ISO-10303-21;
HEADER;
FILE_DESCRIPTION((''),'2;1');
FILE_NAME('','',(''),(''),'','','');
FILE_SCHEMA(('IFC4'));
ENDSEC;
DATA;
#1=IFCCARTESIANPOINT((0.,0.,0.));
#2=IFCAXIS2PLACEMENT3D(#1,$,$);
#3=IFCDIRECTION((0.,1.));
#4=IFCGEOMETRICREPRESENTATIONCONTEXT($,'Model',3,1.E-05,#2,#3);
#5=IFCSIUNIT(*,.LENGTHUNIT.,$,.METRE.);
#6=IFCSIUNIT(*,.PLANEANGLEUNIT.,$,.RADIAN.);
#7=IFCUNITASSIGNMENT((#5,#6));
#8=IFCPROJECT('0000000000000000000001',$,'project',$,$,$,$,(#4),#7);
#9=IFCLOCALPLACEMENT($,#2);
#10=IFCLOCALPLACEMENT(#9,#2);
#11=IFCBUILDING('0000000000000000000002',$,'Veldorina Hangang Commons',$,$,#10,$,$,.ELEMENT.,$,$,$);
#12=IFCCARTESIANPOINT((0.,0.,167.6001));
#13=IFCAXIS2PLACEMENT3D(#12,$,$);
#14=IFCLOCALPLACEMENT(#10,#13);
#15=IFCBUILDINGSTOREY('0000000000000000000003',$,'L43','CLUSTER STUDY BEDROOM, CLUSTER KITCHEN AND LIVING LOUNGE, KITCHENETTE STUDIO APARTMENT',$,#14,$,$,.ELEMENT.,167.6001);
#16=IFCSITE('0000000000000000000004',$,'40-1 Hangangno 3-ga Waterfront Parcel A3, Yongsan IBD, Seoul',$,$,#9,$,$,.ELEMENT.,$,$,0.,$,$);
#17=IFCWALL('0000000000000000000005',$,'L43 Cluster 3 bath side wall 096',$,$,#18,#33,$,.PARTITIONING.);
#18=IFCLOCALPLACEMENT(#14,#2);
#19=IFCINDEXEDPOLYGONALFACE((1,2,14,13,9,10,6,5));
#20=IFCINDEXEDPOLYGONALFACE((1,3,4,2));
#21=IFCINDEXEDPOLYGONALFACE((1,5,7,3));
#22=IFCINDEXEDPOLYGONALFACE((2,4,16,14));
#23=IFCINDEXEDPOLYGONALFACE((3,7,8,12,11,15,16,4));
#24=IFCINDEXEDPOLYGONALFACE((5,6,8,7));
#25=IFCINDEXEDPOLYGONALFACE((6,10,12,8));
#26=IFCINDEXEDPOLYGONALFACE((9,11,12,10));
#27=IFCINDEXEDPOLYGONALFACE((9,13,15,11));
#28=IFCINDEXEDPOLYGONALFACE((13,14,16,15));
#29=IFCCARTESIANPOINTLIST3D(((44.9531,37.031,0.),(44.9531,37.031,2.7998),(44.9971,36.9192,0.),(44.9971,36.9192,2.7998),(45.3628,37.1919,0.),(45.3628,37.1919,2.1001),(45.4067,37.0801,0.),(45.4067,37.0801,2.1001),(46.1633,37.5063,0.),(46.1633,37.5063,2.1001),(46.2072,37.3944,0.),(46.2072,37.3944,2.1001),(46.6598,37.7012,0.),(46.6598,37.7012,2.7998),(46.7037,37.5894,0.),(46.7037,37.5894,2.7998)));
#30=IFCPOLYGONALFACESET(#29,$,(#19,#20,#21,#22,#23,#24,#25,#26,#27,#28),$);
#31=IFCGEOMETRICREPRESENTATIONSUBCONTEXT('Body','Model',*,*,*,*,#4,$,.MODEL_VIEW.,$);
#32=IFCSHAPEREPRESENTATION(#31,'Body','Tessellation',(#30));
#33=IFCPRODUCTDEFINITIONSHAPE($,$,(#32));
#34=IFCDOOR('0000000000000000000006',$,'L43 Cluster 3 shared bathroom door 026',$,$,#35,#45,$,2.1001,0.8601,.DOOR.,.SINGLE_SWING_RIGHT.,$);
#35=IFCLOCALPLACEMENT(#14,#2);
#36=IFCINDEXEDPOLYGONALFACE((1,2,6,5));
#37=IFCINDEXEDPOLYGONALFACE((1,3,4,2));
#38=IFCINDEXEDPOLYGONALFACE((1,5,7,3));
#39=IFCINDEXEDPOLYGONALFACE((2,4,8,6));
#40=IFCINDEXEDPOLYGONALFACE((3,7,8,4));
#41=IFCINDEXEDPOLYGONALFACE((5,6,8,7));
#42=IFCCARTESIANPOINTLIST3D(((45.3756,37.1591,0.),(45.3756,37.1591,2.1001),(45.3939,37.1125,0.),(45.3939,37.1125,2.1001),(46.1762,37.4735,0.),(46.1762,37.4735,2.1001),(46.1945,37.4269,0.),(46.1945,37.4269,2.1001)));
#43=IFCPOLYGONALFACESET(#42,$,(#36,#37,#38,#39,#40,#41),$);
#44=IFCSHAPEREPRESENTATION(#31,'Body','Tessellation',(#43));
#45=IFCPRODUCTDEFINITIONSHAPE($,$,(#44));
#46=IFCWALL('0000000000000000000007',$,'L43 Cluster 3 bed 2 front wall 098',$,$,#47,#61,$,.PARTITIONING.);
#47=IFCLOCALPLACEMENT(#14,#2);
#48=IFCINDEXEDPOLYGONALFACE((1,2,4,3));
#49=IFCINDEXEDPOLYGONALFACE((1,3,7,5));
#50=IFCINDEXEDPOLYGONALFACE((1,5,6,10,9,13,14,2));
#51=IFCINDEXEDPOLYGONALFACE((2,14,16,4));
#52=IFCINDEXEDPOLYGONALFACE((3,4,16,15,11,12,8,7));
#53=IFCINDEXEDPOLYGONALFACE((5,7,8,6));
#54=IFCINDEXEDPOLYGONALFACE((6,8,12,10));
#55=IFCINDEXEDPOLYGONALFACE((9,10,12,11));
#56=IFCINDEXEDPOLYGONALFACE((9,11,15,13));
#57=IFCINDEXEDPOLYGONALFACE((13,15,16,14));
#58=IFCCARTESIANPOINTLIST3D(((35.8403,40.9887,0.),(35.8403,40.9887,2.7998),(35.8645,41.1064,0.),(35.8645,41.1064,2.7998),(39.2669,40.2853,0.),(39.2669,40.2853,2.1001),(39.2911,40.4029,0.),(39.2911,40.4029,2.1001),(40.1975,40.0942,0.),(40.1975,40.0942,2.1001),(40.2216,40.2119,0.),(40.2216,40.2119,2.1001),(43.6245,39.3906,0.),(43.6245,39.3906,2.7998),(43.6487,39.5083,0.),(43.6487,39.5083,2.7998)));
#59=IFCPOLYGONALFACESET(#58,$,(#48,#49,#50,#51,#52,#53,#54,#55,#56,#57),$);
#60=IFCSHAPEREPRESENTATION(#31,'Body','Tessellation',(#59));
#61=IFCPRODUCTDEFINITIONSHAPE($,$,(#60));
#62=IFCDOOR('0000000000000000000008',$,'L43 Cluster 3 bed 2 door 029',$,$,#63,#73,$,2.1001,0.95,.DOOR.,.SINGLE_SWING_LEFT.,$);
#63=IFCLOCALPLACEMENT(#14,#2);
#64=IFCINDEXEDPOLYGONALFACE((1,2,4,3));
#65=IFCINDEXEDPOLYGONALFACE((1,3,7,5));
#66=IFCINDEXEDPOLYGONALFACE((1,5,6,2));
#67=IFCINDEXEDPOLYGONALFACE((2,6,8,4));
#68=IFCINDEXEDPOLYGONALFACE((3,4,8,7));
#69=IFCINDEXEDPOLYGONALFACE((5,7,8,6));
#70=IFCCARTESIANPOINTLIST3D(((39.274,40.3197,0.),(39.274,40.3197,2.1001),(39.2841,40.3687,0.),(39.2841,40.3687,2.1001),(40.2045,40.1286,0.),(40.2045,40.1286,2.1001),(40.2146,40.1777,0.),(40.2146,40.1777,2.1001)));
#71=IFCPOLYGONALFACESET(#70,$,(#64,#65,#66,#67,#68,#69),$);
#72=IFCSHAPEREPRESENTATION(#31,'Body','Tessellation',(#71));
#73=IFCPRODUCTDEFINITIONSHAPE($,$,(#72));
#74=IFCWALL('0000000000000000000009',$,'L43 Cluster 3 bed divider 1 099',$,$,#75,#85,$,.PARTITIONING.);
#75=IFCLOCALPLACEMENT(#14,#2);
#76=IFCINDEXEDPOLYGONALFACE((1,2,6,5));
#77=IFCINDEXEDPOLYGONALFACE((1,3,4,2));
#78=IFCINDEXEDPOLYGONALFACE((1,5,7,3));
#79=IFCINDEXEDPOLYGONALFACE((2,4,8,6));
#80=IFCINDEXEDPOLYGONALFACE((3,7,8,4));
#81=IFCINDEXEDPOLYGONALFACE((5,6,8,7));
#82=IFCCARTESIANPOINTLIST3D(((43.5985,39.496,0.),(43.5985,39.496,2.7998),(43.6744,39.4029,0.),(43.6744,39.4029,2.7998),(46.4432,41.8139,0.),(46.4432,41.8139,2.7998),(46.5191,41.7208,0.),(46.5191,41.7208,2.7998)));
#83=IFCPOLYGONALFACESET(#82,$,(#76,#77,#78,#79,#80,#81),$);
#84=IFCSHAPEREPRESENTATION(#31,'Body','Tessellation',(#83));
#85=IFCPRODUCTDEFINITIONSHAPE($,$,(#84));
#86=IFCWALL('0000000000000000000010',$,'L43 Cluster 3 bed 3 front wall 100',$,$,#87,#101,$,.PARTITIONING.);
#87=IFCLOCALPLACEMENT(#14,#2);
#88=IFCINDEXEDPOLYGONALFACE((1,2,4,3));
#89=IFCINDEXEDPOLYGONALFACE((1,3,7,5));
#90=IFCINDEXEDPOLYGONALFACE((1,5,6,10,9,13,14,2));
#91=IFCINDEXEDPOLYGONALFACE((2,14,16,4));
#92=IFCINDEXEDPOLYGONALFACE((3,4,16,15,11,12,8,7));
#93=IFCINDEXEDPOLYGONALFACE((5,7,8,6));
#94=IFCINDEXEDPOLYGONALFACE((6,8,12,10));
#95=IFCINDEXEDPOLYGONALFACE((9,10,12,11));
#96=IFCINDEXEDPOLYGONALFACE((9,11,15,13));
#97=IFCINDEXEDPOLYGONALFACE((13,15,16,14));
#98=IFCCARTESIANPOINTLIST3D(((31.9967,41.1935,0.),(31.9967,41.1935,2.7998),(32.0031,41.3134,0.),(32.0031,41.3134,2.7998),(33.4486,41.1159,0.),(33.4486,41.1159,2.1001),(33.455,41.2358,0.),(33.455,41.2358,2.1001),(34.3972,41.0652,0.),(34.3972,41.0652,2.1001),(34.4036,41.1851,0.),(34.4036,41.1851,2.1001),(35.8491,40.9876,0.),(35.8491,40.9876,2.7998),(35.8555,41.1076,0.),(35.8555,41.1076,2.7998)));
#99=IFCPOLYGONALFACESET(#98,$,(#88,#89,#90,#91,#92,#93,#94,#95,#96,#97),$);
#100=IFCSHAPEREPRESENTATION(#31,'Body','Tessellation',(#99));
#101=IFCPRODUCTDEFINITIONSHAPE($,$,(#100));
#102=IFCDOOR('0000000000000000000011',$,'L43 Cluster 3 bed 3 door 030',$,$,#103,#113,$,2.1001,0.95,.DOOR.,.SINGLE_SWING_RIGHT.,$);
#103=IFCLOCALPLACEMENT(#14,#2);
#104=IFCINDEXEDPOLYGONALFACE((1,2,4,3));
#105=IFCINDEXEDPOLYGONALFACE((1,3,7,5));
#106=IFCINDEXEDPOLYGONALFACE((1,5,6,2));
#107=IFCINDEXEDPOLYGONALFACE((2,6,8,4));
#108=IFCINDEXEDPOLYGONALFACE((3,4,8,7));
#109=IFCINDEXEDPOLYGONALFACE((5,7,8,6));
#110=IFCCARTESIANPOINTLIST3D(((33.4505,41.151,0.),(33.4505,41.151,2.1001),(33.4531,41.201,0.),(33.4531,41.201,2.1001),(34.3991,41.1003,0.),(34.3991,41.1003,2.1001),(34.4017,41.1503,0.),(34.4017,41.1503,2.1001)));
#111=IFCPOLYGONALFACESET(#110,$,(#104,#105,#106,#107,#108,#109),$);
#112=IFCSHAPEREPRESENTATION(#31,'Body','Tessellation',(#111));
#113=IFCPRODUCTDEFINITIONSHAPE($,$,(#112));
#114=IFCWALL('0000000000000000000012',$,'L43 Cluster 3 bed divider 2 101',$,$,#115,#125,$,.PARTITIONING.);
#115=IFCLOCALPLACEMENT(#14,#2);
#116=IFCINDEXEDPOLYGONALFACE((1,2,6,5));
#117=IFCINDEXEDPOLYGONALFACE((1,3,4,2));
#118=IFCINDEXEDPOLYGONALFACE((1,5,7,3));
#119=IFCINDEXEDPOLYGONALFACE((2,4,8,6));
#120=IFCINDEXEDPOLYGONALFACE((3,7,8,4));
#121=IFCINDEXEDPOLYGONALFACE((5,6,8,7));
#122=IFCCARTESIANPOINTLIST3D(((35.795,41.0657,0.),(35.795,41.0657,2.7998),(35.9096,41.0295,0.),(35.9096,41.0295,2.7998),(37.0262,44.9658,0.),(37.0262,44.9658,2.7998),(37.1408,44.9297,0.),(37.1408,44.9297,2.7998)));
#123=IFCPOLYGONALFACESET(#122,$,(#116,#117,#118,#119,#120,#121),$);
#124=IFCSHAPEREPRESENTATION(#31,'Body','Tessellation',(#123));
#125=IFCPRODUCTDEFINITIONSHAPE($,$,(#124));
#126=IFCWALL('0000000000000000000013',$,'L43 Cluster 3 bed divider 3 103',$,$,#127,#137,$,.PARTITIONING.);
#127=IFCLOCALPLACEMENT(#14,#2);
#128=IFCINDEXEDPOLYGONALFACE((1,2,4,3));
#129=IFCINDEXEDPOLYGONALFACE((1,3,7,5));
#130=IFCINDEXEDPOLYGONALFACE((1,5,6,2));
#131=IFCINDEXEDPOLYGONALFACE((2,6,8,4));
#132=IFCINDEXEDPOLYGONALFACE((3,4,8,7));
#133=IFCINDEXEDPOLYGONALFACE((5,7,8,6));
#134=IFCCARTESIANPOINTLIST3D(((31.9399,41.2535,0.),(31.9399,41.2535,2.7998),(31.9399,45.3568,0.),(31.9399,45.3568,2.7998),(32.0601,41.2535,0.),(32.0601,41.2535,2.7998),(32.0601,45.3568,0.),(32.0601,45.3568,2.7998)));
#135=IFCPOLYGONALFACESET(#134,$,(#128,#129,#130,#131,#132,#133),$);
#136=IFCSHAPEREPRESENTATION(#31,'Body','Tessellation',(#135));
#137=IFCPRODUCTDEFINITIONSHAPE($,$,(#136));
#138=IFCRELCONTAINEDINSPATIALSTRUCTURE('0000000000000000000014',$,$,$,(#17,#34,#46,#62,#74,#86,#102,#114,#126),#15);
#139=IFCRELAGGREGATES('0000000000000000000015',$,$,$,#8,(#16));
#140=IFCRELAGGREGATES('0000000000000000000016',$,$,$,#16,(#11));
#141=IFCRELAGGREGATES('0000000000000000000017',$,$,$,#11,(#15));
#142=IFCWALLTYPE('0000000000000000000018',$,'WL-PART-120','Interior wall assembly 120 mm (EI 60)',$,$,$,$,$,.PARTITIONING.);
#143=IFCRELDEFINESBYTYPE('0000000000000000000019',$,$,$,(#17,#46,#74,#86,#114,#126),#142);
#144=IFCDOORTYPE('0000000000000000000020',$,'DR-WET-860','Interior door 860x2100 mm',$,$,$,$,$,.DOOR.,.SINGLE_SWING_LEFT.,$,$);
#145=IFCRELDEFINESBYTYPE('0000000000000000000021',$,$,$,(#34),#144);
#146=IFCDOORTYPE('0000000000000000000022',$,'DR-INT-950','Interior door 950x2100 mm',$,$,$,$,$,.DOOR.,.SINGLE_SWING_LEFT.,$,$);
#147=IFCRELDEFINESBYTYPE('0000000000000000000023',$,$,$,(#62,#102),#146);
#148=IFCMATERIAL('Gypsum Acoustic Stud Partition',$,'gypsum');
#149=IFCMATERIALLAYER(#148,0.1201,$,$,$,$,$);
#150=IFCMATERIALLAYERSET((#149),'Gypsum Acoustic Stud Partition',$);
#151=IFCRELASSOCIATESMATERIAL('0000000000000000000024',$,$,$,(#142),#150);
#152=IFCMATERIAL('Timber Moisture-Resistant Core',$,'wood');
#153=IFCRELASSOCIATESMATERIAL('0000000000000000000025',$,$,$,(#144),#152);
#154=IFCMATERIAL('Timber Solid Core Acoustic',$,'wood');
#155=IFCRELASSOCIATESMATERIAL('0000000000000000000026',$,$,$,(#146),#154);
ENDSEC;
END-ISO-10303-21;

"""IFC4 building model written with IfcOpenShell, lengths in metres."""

from ifc_helpers import new_model, si_unit, direction, frame, frame_2d, origin, place, context, subcontext, project, spatial, rectangle, extrude, material, layer, layer_set, type_object, element, fill, save


model = new_model("IFC4")

# Units and contexts
model_context = context("Model", 3, precision=1e-05, world=origin(), true_north=direction((0.0, 1.0)))
body_context = subcontext(model_context, "Body", "Model", "MODEL_VIEW")
ifc_project = project(units=[si_unit("LENGTHUNIT", "METRE"), si_unit("PLANEANGLEUNIT", "RADIAN")], contexts=[model_context])

# Site, building, storey
site_placement = place(None, origin())
site = spatial("IfcSite", under=ifc_project, at=site_placement, Name="40-1 Hangangno 3-ga Waterfront Parcel A3, Yongsan IBD, Seoul", CompositionType="ELEMENT", RefElevation=0.0)
building_placement = place(site_placement, origin())
building = spatial("IfcBuilding", under=site, at=building_placement, Name="Veldorina Hangang Commons", CompositionType="ELEMENT")
storey_placement = place(building_placement, frame((0.0, 0.0, 167.6001)))
storey = spatial("IfcBuildingStorey", under=building, at=storey_placement, Name="L43", Description="CLUSTER STUDY BEDROOM, CLUSTER KITCHEN AND LIVING LOUNGE, KITCHENETTE STUDIO APARTMENT", CompositionType="ELEMENT", Elevation=167.6001)

# Walls, openings, doors
ifc_material_1 = material(Name="Gypsum Acoustic Stud Partition", Category="gypsum")
ifc_layer_1 = layer(ifc_material_1, 0.1201)
ifc_layer_set_1 = layer_set([ifc_layer_1], Name="Gypsum Acoustic Stud Partition")
wall_type_1 = type_object("IfcWallType", Name="WL-PART-120", Description="Interior wall assembly 120 mm (EI 60)", PredefinedType="PARTITIONING", material=ifc_layer_set_1)
wall_1_placement = place(storey_placement, frame((44.9751, 36.9751, 0.0), z_axis=(0.0, 0.0, 1.0), x_axis=(0.9308, 0.365529, 0.0)))
wall_1 = element("IfcWall", 1, at=wall_1_placement, inside=storey, type_object=wall_type_1, Name="L43 Cluster 3 bath side wall 096", PredefinedType="PARTITIONING", context=body_context, shape_type="SweptSolid", body=[
    extrude(rectangle(XDim=1.8335, YDim=0.1201, at=frame_2d((0.9167, 0.0))), origin(), (0.0, 0.0, 1.0), 2.7998),
])
opening_1_placement = place(wall_1_placement, frame((0.4399, 0.0, 0.0)))
opening_1 = element("IfcOpeningElement", 2, at=opening_1_placement, cuts=wall_1, PredefinedType="OPENING", context=body_context, shape_type="SweptSolid", body=[
    extrude(rectangle(XDim=0.8601, YDim=2.1001, at=frame_2d((0.4302, 1.05))), frame((0.0, 0.0701, 0.0), z_axis=(0.0, -1.0, 0.0), x_axis=(1.0, 0.0, 0.0)), (0.0, 0.0, 1.0), 0.1401),
])
ifc_material_2 = material(Name="Timber Moisture-Resistant Core", Category="wood")
door_type_1 = type_object("IfcDoorType", Name="DR-WET-860", Description="Interior door 860x2100 mm", OperationType="SINGLE_SWING_LEFT", PredefinedType="DOOR", material=ifc_material_2)
door_1_placement = place(opening_1_placement, origin())
door_1 = element("IfcDoor", 3, at=door_1_placement, inside=storey, type_object=door_type_1, Name="L43 Cluster 3 shared bathroom door 026", OperationType="SINGLE_SWING_RIGHT", OverallHeight=2.1001, OverallWidth=0.8601, PredefinedType="DOOR", context=body_context, shape_type="SweptSolid", body=[
    extrude(rectangle(XDim=0.8601, YDim=2.1001, at=frame_2d((0.4302, 1.05))), frame((0.0, 0.0249, 0.0), z_axis=(0.0, -1.0, 0.0), x_axis=(1.0, 0.0, 0.0)), (0.0, 0.0, 1.0), 0.05),
])
fill(opening_1, door_1)
wall_2_placement = place(storey_placement, frame((43.6365, 39.4495, 0.0), z_axis=(0.0, 0.0, 1.0), x_axis=(-0.979568, 0.201112, 0.0)))
wall_2 = element("IfcWall", 4, at=wall_2_placement, inside=storey, type_object=wall_type_1, Name="L43 Cluster 3 bed 2 front wall 098", PredefinedType="PARTITIONING", context=body_context, shape_type="SweptSolid", body=[
    extrude(rectangle(XDim=7.9465, YDim=0.1201, at=frame_2d((3.9731, 0.0))), origin(), (0.0, 0.0, 1.0), 2.7998),
])
opening_2_placement = place(wall_2_placement, frame((3.4983, 0.0, 0.0)))
opening_2 = element("IfcOpeningElement", 5, at=opening_2_placement, cuts=wall_2, PredefinedType="OPENING", context=body_context, shape_type="SweptSolid", body=[
    extrude(rectangle(XDim=0.95, YDim=2.1001, at=frame_2d((0.4751, 1.05))), frame((0.0, 0.0701, 0.0), z_axis=(0.0, -1.0, 0.0), x_axis=(1.0, 0.0, 0.0)), (0.0, 0.0, 1.0), 0.1401),
])
ifc_material_3 = material(Name="Timber Solid Core Acoustic", Category="wood")
door_type_2 = type_object("IfcDoorType", Name="DR-INT-950", Description="Interior door 950x2100 mm", OperationType="SINGLE_SWING_LEFT", PredefinedType="DOOR", material=ifc_material_3)
door_2_placement = place(opening_2_placement, origin())
door_2 = element("IfcDoor", 6, at=door_2_placement, inside=storey, type_object=door_type_2, Name="L43 Cluster 3 bed 2 door 029", OperationType="SINGLE_SWING_LEFT", OverallHeight=2.1001, OverallWidth=0.95, PredefinedType="DOOR", context=body_context, shape_type="SweptSolid", body=[
    extrude(rectangle(XDim=0.95, YDim=2.1001, at=frame_2d((0.4751, 1.05))), frame((0.0, 0.0249, 0.0), z_axis=(0.0, -1.0, 0.0), x_axis=(1.0, 0.0, 0.0)), (0.0, 0.0, 1.0), 0.05),
])
fill(opening_2, door_2)

# Wall
wall_3_placement = place(storey_placement, frame((43.6365, 39.4495, 0.0), z_axis=(0.0, 0.0, 1.0), x_axis=(0.775242, 0.631664, 0.0)))
element("IfcWall", 7, at=wall_3_placement, inside=storey, type_object=wall_type_1, Name="L43 Cluster 3 bed divider 1 099", PredefinedType="PARTITIONING", context=body_context, shape_type="SweptSolid", body=[
    extrude(rectangle(XDim=3.6694, YDim=0.1201, at=frame_2d((1.8347, 0.0))), origin(), (0.0, 0.0, 1.0), 2.7998),
])

# Wall, opening, door
wall_4_placement = place(storey_placement, frame((35.8523, 41.0476, 0.0), z_axis=(0.0, 0.0, 1.0), x_axis=(-0.998576, 0.053349, 0.0)))
wall_4 = element("IfcWall", 8, at=wall_4_placement, inside=storey, type_object=wall_type_1, Name="L43 Cluster 3 bed 3 front wall 100", PredefinedType="PARTITIONING", context=body_context, shape_type="SweptSolid", body=[
    extrude(rectangle(XDim=3.8579, YDim=0.1201, at=frame_2d((1.929, 0.0))), origin(), (0.0, 0.0, 1.0), 2.7998),
])
opening_3_placement = place(wall_4_placement, frame((1.4539, 0.0, 0.0)))
opening_3 = element("IfcOpeningElement", 9, at=opening_3_placement, cuts=wall_4, PredefinedType="OPENING", context=body_context, shape_type="SweptSolid", body=[
    extrude(rectangle(XDim=0.95, YDim=2.1001, at=frame_2d((0.4751, 1.05))), frame((0.0, 0.0701, 0.0), z_axis=(0.0, -1.0, 0.0), x_axis=(1.0, 0.0, 0.0)), (0.0, 0.0, 1.0), 0.1401),
])
door_3_placement = place(opening_3_placement, origin())
door_3 = element("IfcDoor", 10, at=door_3_placement, inside=storey, type_object=door_type_2, Name="L43 Cluster 3 bed 3 door 030", OperationType="SINGLE_SWING_RIGHT", OverallHeight=2.1001, OverallWidth=0.95, PredefinedType="DOOR", context=body_context, shape_type="SweptSolid", body=[
    extrude(rectangle(XDim=0.95, YDim=2.1001, at=frame_2d((0.4751, 1.05))), frame((0.0, 0.0249, 0.0), z_axis=(0.0, -1.0, 0.0), x_axis=(1.0, 0.0, 0.0)), (0.0, 0.0, 1.0), 0.05),
])
fill(opening_3, door_3)

# Walls
wall_5_placement = place(storey_placement, frame((35.8523, 41.0476, 0.0), z_axis=(0.0, 0.0, 1.0), x_axis=(0.301037, 0.953612, 0.0)))
element("IfcWall", 11, at=wall_5_placement, inside=storey, type_object=wall_type_1, Name="L43 Cluster 3 bed divider 2 101", PredefinedType="PARTITIONING", context=body_context, shape_type="SweptSolid", body=[
    extrude(rectangle(XDim=4.0898, YDim=0.1201, at=frame_2d((2.0449, 0.0))), origin(), (0.0, 0.0, 1.0), 2.7998),
])
wall_6_placement = place(storey_placement, frame((32.0, 41.2534, 0.0), z_axis=(0.0, 0.0, 1.0), x_axis=(0.0, 1.0, 0.0)))
element("IfcWall", 12, at=wall_6_placement, inside=storey, type_object=wall_type_1, Name="L43 Cluster 3 bed divider 3 103", PredefinedType="PARTITIONING", context=body_context, shape_type="SweptSolid", body=[
    extrude(rectangle(XDim=4.1033, YDim=0.1201, at=frame_2d((2.0518, 0.0))), origin(), (0.0, 0.0, 1.0), 2.7998),
])

save(model, "model.ifc")
